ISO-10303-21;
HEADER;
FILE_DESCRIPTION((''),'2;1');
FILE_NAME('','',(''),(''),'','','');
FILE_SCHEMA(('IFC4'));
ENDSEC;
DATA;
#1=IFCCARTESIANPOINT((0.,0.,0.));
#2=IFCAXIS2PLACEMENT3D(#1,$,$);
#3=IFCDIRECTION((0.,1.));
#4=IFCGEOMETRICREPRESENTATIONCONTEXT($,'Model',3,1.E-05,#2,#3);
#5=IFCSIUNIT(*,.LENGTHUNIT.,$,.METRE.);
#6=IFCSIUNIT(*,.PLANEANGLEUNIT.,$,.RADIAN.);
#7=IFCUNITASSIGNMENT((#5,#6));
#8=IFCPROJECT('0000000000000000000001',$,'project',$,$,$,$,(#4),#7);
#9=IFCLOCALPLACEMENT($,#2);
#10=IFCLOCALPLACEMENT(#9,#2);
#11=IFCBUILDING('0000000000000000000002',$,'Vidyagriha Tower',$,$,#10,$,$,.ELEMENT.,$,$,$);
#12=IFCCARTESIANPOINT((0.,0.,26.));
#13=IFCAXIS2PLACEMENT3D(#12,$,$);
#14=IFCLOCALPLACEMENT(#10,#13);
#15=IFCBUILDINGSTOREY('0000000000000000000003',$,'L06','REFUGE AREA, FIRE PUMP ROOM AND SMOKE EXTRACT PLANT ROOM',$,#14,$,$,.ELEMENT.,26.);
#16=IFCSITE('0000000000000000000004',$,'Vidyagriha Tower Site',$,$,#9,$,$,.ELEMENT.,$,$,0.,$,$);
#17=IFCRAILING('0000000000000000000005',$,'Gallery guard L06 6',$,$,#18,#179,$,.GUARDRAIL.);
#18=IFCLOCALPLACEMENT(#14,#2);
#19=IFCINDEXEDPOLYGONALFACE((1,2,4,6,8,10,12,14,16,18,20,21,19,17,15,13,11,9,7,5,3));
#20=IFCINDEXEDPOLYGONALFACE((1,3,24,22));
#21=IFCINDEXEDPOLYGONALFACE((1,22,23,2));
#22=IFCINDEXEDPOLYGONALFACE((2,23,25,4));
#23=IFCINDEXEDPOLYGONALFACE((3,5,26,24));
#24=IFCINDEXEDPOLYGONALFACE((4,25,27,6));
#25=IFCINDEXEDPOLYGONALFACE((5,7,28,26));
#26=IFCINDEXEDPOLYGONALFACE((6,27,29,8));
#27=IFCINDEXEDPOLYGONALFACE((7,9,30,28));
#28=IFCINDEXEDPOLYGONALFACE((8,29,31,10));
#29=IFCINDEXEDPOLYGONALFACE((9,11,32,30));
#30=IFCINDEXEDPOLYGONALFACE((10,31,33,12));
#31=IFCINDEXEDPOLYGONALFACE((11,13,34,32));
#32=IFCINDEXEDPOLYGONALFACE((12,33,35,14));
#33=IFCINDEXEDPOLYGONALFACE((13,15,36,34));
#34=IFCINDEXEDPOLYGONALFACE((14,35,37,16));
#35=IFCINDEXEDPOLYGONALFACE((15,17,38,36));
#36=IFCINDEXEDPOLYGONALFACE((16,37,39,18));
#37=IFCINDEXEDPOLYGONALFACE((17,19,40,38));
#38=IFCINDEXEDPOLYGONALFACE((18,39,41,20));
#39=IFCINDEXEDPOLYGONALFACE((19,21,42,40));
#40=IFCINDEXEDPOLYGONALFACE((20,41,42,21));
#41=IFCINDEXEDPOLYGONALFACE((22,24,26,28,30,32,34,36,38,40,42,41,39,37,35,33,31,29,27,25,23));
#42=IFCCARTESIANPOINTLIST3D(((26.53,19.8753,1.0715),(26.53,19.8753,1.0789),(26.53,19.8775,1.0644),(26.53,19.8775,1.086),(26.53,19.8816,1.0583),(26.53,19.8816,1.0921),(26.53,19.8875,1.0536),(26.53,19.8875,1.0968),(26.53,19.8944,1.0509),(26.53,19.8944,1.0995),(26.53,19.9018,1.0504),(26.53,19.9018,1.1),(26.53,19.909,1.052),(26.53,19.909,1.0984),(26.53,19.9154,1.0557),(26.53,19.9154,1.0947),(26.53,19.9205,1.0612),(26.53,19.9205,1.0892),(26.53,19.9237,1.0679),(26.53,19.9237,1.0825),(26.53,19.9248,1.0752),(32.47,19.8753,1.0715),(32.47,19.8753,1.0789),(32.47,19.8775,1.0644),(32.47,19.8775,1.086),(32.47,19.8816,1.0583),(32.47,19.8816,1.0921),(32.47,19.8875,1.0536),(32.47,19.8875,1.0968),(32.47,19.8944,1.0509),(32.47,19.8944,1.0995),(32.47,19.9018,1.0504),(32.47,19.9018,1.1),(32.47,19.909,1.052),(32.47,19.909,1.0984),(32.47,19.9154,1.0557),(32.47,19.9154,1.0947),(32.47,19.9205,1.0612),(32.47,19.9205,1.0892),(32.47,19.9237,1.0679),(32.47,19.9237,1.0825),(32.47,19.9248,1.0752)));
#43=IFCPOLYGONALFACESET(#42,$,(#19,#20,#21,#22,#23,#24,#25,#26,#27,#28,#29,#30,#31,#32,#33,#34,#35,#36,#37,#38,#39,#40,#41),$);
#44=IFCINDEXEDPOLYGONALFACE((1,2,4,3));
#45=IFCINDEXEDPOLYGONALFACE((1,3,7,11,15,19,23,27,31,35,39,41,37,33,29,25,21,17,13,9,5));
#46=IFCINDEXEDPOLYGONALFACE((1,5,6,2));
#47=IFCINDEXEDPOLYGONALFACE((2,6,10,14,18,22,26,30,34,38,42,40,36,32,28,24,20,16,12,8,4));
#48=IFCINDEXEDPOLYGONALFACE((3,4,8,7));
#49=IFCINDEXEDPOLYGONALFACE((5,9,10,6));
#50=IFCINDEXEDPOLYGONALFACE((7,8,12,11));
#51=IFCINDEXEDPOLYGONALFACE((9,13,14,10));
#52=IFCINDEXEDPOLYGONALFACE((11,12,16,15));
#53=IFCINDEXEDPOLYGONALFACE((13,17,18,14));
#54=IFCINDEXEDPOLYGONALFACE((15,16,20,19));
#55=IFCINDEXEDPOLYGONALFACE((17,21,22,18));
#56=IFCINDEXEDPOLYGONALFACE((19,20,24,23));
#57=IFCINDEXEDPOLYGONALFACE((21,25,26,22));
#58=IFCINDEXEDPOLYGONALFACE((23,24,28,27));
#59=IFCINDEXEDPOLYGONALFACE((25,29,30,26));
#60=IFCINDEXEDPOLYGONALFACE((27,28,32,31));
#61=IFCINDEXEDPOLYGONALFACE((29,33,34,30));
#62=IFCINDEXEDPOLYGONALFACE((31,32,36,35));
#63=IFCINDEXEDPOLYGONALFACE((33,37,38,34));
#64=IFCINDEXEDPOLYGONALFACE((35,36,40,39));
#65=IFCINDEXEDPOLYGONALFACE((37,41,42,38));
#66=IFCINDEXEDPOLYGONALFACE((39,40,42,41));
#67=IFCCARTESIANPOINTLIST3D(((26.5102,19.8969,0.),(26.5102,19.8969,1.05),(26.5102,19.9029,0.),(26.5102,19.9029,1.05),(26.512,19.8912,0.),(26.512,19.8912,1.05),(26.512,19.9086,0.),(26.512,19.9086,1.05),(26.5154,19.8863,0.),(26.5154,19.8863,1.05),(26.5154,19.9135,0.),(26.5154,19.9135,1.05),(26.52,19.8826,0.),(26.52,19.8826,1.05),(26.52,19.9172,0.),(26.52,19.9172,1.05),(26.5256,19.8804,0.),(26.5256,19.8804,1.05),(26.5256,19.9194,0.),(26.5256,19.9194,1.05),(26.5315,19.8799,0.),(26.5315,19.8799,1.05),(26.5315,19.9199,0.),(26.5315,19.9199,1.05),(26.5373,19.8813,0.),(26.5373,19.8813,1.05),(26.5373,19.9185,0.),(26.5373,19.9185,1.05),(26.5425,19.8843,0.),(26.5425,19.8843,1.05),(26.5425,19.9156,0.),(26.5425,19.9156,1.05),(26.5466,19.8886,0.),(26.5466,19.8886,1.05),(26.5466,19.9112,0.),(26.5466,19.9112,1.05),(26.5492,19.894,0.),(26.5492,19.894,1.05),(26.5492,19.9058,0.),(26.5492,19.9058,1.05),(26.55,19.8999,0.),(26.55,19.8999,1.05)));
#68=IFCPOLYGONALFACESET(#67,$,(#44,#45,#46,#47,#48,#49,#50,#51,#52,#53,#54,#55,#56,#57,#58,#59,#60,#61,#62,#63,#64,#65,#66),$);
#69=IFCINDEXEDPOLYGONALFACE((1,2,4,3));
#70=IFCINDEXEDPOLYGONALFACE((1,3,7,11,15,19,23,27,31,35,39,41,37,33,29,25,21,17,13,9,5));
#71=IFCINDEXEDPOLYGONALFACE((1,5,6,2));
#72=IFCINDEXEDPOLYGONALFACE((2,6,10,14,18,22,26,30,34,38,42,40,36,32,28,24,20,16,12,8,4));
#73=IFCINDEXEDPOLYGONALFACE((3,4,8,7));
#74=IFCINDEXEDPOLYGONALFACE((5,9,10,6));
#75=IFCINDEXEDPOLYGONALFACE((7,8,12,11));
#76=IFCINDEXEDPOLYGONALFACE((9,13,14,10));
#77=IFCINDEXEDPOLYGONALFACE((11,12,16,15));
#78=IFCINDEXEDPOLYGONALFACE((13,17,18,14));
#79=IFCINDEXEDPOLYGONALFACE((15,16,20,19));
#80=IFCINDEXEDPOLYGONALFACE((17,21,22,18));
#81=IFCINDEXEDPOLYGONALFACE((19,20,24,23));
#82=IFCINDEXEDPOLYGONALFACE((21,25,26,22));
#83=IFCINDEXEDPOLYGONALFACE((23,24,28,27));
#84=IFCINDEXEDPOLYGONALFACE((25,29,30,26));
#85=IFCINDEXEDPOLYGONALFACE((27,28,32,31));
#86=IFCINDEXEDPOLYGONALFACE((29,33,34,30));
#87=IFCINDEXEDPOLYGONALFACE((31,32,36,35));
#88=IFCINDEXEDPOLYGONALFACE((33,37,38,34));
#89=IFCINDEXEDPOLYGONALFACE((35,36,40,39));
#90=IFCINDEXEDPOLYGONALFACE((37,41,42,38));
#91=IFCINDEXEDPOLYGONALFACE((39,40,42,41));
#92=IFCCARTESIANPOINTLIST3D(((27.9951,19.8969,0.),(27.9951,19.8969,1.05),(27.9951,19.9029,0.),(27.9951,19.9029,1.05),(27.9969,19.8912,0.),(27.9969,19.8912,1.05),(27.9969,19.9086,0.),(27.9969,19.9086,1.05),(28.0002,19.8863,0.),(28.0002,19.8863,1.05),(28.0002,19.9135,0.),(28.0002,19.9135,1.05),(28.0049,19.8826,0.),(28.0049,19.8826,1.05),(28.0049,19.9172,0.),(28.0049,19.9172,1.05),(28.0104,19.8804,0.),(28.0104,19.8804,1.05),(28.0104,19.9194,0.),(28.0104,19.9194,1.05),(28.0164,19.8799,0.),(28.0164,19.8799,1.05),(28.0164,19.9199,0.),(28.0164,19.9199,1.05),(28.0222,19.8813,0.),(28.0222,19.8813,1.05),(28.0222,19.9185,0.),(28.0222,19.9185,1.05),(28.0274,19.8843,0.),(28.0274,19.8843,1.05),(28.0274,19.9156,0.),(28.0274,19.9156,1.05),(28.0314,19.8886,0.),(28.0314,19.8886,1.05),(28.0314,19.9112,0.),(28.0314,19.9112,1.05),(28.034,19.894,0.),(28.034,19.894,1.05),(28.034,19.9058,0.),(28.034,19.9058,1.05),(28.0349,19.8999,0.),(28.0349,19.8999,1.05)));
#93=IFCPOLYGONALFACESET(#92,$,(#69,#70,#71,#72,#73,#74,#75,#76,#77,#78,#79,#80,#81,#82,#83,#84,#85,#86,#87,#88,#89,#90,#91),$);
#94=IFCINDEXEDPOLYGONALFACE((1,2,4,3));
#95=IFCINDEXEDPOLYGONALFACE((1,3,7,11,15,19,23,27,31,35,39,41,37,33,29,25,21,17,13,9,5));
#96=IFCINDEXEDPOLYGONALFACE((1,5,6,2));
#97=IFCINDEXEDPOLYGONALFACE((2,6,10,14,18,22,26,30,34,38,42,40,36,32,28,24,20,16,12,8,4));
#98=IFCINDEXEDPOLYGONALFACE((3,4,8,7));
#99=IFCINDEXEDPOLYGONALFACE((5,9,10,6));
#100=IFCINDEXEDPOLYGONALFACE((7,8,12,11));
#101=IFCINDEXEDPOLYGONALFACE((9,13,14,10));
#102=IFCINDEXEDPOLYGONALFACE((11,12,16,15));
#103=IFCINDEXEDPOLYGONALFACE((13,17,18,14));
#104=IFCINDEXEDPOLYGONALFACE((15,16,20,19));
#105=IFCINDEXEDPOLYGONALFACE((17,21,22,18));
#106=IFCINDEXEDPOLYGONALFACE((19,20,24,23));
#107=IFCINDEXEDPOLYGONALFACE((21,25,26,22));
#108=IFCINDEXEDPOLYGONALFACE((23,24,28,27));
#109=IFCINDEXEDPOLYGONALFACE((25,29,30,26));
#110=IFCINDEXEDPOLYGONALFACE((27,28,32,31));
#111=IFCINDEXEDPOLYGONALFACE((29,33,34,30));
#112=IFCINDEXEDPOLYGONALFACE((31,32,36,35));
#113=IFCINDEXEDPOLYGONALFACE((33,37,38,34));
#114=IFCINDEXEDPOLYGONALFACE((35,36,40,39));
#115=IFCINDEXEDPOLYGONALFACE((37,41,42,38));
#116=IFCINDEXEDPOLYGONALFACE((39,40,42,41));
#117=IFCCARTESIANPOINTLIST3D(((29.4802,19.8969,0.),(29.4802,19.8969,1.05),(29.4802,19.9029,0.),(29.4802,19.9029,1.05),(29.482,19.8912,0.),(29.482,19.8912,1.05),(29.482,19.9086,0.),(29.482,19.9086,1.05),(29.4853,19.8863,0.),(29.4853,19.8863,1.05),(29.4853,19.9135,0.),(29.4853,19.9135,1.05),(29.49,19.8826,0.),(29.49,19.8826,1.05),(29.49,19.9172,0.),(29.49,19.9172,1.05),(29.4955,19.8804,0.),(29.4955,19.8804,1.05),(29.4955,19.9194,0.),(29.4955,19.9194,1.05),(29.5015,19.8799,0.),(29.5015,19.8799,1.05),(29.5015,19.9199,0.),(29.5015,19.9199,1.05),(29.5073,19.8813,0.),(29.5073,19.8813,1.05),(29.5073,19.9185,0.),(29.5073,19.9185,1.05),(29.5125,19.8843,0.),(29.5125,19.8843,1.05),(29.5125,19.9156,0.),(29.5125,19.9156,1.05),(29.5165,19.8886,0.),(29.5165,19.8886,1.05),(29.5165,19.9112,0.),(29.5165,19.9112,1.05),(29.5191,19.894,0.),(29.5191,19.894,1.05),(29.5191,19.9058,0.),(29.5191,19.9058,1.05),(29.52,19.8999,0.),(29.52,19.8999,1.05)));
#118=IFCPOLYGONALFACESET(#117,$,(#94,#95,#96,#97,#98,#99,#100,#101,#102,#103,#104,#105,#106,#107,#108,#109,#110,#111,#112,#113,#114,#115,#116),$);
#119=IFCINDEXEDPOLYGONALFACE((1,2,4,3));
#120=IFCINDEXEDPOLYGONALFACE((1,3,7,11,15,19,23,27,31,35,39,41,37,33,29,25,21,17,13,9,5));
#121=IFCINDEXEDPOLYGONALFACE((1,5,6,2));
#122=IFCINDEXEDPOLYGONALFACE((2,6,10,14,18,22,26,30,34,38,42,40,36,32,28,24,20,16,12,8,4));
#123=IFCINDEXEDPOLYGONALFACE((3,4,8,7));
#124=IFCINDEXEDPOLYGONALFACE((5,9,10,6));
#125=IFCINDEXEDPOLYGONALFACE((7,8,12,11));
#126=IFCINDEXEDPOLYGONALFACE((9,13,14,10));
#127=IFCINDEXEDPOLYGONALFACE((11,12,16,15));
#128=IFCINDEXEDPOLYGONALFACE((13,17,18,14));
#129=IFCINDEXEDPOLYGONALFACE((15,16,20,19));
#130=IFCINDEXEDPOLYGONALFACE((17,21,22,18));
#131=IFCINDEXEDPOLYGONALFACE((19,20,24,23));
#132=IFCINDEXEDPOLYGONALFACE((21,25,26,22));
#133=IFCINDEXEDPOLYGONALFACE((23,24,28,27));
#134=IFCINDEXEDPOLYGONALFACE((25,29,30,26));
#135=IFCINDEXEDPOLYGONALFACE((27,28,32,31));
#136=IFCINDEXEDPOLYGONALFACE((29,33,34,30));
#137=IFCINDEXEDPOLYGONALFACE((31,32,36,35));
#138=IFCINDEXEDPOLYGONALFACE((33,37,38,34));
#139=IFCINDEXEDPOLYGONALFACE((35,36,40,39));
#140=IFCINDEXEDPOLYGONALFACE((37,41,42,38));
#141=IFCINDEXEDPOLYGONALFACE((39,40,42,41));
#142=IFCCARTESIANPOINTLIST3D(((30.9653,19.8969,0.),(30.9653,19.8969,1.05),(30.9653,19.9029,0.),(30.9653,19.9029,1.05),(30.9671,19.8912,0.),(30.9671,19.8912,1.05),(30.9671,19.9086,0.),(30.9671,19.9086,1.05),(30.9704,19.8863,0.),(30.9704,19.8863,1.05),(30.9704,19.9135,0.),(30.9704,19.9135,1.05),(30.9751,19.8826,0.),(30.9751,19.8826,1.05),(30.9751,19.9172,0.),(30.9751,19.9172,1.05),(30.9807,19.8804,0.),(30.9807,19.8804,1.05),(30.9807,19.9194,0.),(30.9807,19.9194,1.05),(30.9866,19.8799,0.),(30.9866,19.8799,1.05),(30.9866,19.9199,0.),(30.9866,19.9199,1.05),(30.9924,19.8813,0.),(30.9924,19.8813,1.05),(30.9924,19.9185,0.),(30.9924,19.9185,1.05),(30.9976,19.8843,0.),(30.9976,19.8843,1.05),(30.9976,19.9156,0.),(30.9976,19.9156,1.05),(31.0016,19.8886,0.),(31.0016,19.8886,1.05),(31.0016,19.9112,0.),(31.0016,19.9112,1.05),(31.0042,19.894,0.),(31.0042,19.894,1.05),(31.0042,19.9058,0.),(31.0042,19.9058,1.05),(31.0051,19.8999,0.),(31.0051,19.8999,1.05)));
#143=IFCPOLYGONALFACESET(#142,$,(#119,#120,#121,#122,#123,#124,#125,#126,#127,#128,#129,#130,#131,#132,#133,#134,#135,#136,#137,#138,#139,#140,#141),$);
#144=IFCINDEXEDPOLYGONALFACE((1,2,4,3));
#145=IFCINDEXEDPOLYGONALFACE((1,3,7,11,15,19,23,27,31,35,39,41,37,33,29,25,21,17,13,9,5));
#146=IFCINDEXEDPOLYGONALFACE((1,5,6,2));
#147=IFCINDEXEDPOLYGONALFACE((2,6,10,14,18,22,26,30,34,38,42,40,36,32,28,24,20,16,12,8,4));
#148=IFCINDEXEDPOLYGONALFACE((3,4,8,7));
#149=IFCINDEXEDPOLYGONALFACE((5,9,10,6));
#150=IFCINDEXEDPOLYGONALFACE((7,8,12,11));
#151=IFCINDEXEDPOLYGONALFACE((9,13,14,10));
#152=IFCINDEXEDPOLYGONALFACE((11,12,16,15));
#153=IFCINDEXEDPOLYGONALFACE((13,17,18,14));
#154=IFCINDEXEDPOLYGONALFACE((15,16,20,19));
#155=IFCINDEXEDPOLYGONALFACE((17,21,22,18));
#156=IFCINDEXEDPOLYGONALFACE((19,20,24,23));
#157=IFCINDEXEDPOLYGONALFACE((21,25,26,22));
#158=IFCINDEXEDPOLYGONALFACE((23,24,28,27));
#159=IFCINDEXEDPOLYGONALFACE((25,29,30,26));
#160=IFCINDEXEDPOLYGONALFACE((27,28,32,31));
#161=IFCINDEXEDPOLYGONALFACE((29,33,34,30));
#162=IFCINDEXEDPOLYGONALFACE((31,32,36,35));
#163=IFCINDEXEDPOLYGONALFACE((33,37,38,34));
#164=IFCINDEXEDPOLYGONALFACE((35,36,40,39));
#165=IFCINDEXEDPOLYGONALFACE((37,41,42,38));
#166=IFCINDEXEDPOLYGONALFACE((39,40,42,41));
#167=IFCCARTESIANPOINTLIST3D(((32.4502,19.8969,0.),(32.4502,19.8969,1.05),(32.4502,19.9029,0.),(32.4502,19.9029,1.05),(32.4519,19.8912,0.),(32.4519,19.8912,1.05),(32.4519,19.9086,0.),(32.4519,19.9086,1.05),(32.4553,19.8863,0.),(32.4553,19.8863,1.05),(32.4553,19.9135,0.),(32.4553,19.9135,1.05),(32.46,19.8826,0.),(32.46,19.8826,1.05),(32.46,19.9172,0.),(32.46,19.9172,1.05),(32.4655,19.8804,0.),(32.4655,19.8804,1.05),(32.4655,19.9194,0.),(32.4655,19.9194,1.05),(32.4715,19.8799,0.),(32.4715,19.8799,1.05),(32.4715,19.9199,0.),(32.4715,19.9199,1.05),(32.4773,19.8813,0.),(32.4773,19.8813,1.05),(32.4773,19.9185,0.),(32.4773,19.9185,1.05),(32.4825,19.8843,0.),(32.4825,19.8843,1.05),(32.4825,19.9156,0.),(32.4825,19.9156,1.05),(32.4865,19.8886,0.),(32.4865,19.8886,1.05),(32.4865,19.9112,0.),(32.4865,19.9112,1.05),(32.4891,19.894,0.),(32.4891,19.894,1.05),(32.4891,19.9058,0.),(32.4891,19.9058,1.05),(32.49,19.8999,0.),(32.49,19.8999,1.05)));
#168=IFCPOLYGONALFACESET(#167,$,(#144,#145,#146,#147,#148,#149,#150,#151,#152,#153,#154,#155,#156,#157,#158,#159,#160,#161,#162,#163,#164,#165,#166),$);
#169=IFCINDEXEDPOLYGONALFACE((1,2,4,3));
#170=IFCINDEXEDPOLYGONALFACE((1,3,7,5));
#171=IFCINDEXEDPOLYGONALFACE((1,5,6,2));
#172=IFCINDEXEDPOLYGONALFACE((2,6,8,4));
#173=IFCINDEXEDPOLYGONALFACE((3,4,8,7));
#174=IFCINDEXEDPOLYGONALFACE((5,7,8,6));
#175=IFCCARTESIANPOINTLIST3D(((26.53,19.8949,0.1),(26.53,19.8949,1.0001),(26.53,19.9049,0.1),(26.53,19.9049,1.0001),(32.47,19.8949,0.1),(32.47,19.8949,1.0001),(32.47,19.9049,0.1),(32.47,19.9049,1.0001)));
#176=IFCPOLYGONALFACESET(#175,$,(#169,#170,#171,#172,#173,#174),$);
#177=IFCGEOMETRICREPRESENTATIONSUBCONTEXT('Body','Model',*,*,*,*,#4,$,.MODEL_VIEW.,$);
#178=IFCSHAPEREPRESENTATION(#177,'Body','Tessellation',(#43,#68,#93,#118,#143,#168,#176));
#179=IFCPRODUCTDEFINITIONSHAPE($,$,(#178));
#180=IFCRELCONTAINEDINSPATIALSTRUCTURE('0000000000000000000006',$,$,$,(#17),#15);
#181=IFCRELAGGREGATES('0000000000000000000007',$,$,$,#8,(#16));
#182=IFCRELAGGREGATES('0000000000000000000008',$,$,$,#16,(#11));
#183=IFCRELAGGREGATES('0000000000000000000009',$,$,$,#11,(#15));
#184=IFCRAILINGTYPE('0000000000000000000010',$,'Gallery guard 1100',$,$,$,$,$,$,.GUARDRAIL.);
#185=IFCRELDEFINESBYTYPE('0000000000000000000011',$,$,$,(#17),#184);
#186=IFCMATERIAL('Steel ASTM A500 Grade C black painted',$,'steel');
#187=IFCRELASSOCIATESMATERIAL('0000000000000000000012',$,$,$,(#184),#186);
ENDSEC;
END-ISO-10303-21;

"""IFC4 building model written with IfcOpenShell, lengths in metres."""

from ifc_helpers import new_model, si_unit, direction, frame, origin, origin_2d, place, context, subcontext, project, spatial, rectangle, circle, extrude, material, type_object, element, save


model = new_model("IFC4")

# Units and contexts
model_context = context("Model", 3, precision=1e-05, world=origin(), true_north=direction((0.0, 1.0)))
body_context = subcontext(model_context, "Body", "Model", "MODEL_VIEW")
ifc_project = project(units=[si_unit("LENGTHUNIT", "METRE"), si_unit("PLANEANGLEUNIT", "RADIAN")], contexts=[model_context])

# Site, building, storey
site_placement = place(None, origin())
site = spatial("IfcSite", under=ifc_project, at=site_placement, Name="Vidyagriha Tower Site", CompositionType="ELEMENT", RefElevation=0.0)
building_placement = place(site_placement, origin())
building = spatial("IfcBuilding", under=site, at=building_placement, Name="Vidyagriha Tower", CompositionType="ELEMENT")
storey_placement = place(building_placement, frame((0.0, 0.0, 26.0)))
storey = spatial("IfcBuildingStorey", under=building, at=storey_placement, Name="L06", Description="REFUGE AREA, FIRE PUMP ROOM AND SMOKE EXTRACT PLANT ROOM", CompositionType="ELEMENT", Elevation=26.0)

# Railing
ifc_material_1 = material(Name="Steel ASTM A500 Grade C black painted", Category="steel")
railing_type_1 = type_object("IfcRailingType", Name="Gallery guard 1100", PredefinedType="GUARDRAIL", material=ifc_material_1)
railing_1_placement = place(storey_placement, frame((26.53, 19.8999, 0.0)))
element("IfcRailing", 1, at=railing_1_placement, inside=storey, type_object=railing_type_1, Name="Gallery guard L06 6", PredefinedType="GUARDRAIL", context=body_context, shape_type="SweptSolid", body=[
    extrude(circle(Radius=0.0249, at=origin_2d()), frame((0.0, 0.0, 1.0752), z_axis=(1.0, 0.0, 0.0), x_axis=(0.0, 1.0, 0.0)), (0.0, 0.0, 1.0), 5.9399),
    extrude(circle(Radius=0.02, at=origin_2d()), origin(), (0.0, 0.0, 1.0), 1.05),
    extrude(circle(Radius=0.02, at=origin_2d()), frame((1.4849, 0.0, 0.0)), (0.0, 0.0, 1.0), 1.05),
    extrude(circle(Radius=0.02, at=origin_2d()), frame((2.97, 0.0, 0.0)), (0.0, 0.0, 1.0), 1.05),
    extrude(circle(Radius=0.02, at=origin_2d()), frame((4.4551, 0.0, 0.0)), (0.0, 0.0, 1.0), 1.05),
    extrude(circle(Radius=0.02, at=origin_2d()), frame((5.9399, 0.0, 0.0)), (0.0, 0.0, 1.0), 1.05),
    extrude(rectangle(XDim=0.01, YDim=0.9001, at=origin_2d()), frame((0.0, 0.0, 0.55), z_axis=(1.0, 0.0, 0.0), x_axis=(0.0, 1.0, 0.0)), (0.0, 0.0, 1.0), 5.9399),
])

save(model, "model.ifc")
